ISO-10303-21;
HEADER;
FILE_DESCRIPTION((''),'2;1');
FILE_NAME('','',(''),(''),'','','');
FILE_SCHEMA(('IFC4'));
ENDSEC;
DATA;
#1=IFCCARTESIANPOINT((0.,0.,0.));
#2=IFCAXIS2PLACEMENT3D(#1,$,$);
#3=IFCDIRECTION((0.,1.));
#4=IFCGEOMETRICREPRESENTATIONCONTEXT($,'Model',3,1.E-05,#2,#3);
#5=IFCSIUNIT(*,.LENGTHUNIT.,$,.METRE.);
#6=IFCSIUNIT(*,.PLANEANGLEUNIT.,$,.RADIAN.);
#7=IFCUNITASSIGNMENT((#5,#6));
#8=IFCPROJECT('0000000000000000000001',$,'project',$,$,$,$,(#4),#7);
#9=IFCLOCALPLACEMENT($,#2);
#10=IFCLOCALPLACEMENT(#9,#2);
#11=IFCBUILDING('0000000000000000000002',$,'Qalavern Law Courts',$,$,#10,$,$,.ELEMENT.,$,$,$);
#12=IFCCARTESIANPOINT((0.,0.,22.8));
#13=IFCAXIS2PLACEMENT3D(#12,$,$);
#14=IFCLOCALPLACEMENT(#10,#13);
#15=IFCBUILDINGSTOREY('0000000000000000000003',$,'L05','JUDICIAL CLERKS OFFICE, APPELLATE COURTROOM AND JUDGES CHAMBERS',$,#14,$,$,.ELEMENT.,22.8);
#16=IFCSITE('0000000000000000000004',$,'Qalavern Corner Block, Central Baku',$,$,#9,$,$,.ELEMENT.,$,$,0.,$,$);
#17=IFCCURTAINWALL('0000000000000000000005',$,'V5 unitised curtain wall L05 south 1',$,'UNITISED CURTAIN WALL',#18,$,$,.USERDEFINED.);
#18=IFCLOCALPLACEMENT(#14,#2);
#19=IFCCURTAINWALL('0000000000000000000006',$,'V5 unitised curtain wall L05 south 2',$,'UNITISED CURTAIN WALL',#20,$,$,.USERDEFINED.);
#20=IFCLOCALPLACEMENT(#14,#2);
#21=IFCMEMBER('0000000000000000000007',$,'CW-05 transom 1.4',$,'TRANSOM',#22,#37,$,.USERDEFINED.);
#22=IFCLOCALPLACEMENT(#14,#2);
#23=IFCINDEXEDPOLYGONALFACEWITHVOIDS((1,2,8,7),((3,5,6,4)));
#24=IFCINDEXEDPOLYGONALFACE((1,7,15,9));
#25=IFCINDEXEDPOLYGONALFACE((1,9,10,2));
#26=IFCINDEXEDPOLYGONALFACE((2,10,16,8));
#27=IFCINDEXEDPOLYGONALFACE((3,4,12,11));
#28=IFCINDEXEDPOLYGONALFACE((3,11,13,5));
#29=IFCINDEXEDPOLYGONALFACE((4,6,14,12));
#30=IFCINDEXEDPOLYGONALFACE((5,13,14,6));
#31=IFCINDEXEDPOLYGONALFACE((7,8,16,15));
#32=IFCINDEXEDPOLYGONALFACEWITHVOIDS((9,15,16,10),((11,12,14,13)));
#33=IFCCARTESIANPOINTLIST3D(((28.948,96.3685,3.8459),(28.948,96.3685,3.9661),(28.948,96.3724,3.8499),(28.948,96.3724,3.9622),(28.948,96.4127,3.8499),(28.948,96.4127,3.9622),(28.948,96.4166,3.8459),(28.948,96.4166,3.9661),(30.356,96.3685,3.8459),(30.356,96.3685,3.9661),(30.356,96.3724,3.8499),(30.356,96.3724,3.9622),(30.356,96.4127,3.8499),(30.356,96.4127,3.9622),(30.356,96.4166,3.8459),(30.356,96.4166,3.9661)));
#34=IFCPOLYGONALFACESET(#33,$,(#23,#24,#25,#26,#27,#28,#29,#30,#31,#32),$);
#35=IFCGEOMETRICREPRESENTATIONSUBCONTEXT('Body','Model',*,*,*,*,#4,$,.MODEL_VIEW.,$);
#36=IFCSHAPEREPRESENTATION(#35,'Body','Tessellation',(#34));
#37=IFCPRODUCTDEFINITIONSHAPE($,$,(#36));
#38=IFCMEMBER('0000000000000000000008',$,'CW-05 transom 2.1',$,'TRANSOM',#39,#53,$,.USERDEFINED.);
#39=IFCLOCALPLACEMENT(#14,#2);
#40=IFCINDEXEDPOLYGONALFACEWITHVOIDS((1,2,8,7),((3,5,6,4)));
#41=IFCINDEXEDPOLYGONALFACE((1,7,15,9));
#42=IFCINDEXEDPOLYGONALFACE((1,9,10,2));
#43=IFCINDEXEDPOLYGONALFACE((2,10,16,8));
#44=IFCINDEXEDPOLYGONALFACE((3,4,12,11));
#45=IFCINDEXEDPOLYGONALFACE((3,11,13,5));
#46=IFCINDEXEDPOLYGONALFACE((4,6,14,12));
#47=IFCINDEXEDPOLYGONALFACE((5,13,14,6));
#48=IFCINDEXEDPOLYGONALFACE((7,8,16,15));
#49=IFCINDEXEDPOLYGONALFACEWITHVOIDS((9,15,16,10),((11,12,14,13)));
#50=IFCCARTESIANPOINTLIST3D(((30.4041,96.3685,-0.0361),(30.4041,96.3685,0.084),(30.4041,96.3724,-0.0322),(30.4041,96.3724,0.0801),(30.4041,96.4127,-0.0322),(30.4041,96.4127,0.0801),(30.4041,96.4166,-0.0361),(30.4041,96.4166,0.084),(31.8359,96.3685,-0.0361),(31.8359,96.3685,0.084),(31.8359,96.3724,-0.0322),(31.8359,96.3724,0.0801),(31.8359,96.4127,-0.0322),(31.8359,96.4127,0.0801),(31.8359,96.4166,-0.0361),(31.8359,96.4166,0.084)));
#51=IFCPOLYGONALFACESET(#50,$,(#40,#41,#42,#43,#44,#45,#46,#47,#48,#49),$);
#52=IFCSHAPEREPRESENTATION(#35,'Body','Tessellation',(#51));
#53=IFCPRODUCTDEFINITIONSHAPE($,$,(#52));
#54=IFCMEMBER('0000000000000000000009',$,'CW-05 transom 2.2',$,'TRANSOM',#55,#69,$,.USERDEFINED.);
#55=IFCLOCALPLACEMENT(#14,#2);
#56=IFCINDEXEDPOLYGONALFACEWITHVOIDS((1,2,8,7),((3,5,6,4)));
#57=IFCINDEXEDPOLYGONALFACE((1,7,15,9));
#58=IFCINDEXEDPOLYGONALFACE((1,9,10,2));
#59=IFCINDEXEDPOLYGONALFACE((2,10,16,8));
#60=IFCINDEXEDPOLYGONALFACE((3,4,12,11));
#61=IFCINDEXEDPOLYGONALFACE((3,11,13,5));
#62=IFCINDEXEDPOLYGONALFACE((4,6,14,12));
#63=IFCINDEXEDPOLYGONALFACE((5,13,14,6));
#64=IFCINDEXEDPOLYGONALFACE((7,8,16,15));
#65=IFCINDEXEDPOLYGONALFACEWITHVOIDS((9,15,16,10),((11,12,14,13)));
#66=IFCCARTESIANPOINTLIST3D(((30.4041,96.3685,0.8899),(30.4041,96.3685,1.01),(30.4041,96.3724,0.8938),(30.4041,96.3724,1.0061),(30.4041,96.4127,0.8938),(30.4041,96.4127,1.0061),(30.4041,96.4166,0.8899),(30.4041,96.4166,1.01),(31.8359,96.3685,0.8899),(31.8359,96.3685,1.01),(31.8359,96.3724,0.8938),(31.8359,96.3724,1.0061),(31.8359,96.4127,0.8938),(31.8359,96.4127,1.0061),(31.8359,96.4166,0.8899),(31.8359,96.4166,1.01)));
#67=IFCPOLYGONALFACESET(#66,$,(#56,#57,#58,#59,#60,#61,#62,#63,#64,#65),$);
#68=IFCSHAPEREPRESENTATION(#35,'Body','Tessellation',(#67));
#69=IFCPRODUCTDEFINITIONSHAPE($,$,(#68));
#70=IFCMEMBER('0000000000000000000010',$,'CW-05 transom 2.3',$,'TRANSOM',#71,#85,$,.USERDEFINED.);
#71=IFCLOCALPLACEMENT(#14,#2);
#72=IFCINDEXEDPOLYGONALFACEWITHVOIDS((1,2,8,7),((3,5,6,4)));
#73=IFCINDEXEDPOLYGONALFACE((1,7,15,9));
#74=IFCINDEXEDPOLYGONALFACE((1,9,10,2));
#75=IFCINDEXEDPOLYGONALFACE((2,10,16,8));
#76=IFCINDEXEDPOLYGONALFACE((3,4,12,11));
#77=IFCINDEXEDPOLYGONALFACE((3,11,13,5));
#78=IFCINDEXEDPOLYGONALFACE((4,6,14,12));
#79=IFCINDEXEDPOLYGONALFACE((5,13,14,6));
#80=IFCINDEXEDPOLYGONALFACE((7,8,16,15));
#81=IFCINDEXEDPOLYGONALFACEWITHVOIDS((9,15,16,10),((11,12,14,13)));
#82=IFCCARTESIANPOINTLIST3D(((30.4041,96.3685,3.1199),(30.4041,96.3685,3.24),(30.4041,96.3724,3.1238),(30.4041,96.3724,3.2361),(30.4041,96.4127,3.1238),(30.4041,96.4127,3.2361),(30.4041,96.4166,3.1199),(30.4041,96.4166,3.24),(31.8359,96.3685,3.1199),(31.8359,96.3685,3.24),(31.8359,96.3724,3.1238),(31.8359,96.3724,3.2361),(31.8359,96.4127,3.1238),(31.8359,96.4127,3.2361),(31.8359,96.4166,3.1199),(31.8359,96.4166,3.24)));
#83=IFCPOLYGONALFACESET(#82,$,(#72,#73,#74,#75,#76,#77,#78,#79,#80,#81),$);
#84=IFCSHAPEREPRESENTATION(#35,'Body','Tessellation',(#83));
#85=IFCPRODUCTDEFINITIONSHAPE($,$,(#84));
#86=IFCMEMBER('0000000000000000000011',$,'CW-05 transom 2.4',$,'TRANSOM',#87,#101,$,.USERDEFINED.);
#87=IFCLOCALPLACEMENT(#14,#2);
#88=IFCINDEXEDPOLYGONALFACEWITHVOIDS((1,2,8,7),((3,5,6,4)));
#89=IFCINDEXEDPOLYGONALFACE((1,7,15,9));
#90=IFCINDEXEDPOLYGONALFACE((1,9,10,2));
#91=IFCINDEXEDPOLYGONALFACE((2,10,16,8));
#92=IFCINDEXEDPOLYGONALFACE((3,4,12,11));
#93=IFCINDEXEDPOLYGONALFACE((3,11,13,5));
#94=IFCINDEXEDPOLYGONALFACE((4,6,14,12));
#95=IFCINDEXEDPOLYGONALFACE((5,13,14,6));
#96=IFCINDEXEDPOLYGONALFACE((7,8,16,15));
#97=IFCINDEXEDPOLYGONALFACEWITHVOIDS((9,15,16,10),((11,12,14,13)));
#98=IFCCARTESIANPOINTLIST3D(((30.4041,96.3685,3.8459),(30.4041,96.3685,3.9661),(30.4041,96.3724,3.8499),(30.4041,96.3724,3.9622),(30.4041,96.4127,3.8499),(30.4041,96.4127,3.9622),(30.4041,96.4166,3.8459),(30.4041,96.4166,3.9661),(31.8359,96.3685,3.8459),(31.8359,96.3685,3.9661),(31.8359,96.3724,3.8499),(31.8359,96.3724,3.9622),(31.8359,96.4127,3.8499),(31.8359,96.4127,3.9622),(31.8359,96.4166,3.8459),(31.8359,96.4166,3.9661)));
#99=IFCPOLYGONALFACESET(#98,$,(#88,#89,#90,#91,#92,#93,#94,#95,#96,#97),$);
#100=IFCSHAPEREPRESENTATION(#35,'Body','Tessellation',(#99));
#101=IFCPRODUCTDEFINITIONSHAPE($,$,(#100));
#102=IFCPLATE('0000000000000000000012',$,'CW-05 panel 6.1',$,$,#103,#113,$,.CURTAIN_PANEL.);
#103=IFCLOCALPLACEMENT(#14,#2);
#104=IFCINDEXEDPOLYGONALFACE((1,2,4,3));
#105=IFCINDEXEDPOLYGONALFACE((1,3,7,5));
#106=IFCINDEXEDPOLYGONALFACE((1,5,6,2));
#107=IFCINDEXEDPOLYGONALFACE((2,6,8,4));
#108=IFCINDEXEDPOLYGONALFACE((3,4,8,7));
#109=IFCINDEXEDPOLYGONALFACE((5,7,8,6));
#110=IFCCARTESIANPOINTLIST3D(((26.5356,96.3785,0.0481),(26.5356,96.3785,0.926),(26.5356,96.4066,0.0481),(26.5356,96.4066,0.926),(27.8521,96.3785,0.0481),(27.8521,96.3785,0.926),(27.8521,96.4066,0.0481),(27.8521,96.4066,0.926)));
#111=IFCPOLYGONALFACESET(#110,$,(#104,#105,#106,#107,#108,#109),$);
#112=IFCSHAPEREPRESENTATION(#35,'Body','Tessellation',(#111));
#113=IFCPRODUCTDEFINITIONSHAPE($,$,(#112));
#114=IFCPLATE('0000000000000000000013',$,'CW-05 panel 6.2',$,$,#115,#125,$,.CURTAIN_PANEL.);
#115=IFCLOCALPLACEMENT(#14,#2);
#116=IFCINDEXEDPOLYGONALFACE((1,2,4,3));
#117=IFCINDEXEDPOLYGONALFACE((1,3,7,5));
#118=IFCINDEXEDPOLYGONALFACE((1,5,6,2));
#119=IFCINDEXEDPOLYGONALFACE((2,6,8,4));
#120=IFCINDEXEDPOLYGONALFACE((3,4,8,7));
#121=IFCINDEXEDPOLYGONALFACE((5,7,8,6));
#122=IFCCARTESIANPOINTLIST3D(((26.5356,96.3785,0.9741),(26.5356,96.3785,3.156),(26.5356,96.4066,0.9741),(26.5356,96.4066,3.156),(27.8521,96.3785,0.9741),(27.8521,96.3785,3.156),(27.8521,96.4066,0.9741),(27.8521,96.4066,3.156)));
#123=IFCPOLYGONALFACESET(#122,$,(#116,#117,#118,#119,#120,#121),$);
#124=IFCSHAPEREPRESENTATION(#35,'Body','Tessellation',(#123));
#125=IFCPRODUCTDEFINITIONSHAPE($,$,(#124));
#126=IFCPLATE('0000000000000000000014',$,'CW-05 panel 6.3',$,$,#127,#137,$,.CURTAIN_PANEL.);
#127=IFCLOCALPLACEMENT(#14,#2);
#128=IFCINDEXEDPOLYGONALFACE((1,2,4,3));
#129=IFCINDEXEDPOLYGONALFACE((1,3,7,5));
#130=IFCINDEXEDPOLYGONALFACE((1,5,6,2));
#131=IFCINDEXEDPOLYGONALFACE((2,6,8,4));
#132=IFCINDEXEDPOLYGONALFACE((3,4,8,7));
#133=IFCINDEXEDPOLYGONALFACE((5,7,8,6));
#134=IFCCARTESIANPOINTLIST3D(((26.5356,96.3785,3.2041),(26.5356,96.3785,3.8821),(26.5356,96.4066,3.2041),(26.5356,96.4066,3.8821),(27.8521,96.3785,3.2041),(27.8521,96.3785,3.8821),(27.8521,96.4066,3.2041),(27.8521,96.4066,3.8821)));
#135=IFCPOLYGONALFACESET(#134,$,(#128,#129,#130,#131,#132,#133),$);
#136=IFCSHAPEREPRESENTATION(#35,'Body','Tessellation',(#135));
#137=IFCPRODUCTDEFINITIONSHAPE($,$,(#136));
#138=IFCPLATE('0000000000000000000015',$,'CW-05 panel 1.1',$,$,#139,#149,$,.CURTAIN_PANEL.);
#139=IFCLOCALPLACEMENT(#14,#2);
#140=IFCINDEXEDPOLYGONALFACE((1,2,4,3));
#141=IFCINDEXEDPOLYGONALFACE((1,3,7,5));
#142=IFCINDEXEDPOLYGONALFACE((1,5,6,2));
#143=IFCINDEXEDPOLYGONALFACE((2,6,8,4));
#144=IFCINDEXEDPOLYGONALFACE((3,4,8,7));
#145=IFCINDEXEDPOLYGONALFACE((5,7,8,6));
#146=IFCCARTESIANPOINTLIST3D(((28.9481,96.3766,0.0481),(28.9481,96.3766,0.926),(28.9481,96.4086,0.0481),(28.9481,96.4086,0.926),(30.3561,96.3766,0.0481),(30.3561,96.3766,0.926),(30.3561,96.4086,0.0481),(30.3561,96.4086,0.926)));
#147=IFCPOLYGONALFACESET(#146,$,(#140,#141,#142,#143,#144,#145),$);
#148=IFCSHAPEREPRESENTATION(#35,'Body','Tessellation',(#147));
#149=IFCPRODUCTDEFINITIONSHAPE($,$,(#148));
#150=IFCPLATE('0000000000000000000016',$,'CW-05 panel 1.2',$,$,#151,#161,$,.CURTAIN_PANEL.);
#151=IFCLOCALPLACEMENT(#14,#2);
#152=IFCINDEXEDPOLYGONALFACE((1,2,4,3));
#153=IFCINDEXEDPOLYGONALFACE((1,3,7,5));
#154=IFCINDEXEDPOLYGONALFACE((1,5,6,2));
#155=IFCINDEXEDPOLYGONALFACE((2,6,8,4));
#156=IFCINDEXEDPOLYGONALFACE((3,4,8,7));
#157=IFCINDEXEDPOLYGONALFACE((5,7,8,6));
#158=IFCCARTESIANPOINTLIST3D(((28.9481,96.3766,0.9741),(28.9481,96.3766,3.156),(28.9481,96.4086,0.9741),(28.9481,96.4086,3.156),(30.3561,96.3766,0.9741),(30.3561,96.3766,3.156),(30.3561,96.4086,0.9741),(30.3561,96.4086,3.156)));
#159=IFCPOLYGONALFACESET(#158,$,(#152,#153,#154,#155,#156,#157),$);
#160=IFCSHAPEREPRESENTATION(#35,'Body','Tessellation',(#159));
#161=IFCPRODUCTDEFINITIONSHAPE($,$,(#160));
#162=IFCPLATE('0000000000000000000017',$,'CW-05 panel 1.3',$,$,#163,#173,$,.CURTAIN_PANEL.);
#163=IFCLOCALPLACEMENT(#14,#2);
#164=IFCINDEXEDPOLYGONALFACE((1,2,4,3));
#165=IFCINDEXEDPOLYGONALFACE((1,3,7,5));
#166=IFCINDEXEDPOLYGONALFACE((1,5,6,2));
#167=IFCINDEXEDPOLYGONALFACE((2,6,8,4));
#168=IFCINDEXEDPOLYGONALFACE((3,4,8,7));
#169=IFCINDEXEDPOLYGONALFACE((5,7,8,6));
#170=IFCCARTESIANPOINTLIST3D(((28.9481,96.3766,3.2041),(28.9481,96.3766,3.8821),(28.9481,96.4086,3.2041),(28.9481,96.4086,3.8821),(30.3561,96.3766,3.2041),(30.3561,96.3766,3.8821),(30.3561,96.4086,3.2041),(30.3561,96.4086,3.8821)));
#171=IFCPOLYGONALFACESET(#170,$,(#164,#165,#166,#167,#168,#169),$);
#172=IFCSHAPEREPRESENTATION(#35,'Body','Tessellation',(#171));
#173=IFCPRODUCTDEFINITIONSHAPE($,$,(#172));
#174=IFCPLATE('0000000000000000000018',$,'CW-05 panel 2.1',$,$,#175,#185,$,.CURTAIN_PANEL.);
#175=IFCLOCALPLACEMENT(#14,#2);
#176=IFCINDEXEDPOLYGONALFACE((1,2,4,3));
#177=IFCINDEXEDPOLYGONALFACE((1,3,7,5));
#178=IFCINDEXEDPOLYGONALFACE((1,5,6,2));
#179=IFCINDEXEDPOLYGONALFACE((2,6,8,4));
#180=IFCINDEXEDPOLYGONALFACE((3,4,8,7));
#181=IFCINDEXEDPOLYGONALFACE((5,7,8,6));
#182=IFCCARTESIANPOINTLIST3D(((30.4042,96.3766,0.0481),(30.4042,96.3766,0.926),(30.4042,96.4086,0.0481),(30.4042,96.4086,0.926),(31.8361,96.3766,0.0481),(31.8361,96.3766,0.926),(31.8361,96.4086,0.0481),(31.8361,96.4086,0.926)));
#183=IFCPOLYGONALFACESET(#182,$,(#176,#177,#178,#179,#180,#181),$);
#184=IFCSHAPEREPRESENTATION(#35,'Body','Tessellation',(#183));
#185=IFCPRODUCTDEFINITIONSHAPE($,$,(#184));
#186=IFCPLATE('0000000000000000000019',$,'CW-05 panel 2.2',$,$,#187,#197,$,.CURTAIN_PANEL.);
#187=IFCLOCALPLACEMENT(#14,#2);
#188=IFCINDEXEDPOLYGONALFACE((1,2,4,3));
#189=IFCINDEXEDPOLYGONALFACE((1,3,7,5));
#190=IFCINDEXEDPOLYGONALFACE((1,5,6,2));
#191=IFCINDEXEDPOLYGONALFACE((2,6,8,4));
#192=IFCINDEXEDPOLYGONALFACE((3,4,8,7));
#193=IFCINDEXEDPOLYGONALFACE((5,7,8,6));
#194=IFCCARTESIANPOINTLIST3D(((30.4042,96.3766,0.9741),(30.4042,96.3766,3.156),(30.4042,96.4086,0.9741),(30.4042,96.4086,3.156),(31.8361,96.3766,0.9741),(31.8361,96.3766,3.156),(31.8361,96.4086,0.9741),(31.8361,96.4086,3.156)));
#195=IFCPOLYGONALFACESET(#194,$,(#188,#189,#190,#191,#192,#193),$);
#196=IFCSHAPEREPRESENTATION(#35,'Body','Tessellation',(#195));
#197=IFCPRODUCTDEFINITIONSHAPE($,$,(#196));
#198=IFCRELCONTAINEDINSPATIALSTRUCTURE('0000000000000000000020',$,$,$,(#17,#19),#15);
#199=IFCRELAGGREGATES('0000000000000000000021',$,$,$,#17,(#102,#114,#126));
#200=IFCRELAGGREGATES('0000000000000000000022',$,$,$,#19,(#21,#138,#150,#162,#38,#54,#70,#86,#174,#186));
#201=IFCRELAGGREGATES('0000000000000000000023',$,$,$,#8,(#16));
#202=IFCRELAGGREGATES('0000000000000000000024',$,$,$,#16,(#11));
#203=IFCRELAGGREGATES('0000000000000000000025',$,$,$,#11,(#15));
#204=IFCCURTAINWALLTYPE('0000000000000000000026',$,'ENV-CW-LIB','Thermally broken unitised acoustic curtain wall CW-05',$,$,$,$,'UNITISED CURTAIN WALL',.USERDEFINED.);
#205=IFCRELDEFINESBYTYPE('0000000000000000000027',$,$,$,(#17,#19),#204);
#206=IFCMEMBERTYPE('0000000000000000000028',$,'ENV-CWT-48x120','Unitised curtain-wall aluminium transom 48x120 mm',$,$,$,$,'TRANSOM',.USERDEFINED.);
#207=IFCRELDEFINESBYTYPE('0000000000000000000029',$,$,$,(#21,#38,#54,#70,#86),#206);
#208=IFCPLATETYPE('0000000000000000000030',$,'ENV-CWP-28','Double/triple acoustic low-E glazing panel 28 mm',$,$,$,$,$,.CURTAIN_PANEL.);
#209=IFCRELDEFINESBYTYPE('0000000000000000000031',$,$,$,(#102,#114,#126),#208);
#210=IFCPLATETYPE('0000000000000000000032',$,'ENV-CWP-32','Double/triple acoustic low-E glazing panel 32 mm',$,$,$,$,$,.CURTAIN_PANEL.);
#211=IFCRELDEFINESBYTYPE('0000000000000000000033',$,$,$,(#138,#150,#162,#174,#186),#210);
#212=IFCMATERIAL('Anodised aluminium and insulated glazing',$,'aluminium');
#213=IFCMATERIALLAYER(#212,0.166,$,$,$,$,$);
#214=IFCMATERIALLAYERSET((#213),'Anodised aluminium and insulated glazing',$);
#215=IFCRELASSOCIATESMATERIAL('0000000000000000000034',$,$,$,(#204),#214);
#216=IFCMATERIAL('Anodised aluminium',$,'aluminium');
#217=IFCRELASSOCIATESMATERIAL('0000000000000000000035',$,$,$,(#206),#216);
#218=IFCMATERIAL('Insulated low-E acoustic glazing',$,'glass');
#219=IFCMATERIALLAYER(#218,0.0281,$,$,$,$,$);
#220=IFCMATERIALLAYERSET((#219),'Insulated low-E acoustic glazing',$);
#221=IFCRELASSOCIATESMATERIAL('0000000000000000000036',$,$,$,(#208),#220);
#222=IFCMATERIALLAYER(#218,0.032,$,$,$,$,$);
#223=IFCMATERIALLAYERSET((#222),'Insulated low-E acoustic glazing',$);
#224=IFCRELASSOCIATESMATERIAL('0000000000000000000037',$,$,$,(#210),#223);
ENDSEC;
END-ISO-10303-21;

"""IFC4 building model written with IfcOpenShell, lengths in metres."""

from ifc_helpers import new_model, si_unit, direction, frame, origin, origin_2d, place, context, subcontext, project, spatial, rectangle, hollow_rectangle, extrude, material, layer, layer_set, material_profile, profile_set, type_object, element, aggregate, save


model = new_model("IFC4")

# Units and contexts
model_context = context("Model", 3, precision=1e-05, world=origin(), true_north=direction((0.0, 1.0)))
body_context = subcontext(model_context, "Body", "Model", "MODEL_VIEW")
ifc_project = project(units=[si_unit("LENGTHUNIT", "METRE"), si_unit("PLANEANGLEUNIT", "RADIAN")], contexts=[model_context])

# Site, building, storey
site_placement = place(None, origin())
site = spatial("IfcSite", under=ifc_project, at=site_placement, Name="Qalavern Corner Block, Central Baku", CompositionType="ELEMENT", RefElevation=0.0)
building_placement = place(site_placement, origin())
building = spatial("IfcBuilding", under=site, at=building_placement, Name="Qalavern Law Courts", CompositionType="ELEMENT")
storey_placement = place(building_placement, frame((0.0, 0.0, 22.8)))
storey = spatial("IfcBuildingStorey", under=building, at=storey_placement, Name="L05", Description="JUDICIAL CLERKS OFFICE, APPELLATE COURTROOM AND JUDGES CHAMBERS", CompositionType="ELEMENT", Elevation=22.8)

# Curtain walls
ifc_material_1 = material(Name="Anodised aluminium and insulated glazing", Category="aluminium")
ifc_layer_1 = layer(ifc_material_1, 0.166)
ifc_layer_set_1 = layer_set([ifc_layer_1], Name="Anodised aluminium and insulated glazing")
curtain_wall_type = type_object("IfcCurtainWallType", Name="ENV-CW-LIB", Description="Thermally broken unitised acoustic curtain wall CW-05", ElementType="UNITISED CURTAIN WALL", PredefinedType="USERDEFINED", material=ifc_layer_set_1)
curtain_wall_1_placement = place(storey_placement, origin())
curtain_wall_1 = element("IfcCurtainWall", 1, at=curtain_wall_1_placement, inside=storey, type_object=curtain_wall_type, Name="V5 unitised curtain wall L05 south 1", ObjectType="UNITISED CURTAIN WALL", PredefinedType="USERDEFINED")
ifc_material_2 = material(Name="Anodised aluminium", Category="aluminium")
curtain_wall_2_placement = place(storey_placement, origin())
curtain_wall_2 = element("IfcCurtainWall", 2, at=curtain_wall_2_placement, inside=storey, type_object=curtain_wall_type, Name="V5 unitised curtain wall L05 south 2", ObjectType="UNITISED CURTAIN WALL", PredefinedType="USERDEFINED")

# Members
ifc_material_profile_1 = material_profile(ifc_material_2, hollow_rectangle(XDim=0.0481, YDim=0.1201, WallThickness=0.0039, at=origin_2d()), Name="ALU TRANSOM 48x120")
ifc_profile_set_1 = profile_set([ifc_material_profile_1], Name="Anodised aluminium")
member_type_1 = type_object("IfcMemberType", Name="ENV-CWT-48x120", Description="Unitised curtain-wall aluminium transom 48x120 mm", ElementType="TRANSOM", PredefinedType="USERDEFINED", material=ifc_profile_set_1)
member_1_placement = place(storey_placement, frame((28.948, 96.3926, 3.906), z_axis=(1.0, 0.0, 0.0), x_axis=(0.0, 1.0, 0.0)))
member_1 = element("IfcMember", 3, at=member_1_placement, type_object=member_type_1, Name="CW-05 transom 1.4", ObjectType="TRANSOM", PredefinedType="USERDEFINED", context=body_context, shape_type="SweptSolid", body=[
    extrude(hollow_rectangle(XDim=0.0481, YDim=0.1201, WallThickness=0.0039, at=origin_2d()), origin(), (0.0, 0.0, 1.0), 1.408),
])
member_2_placement = place(storey_placement, frame((30.4041, 96.3926, 0.0239), z_axis=(1.0, 0.0, 0.0), x_axis=(0.0, 1.0, 0.0)))
member_2 = element("IfcMember", 4, at=member_2_placement, type_object=member_type_1, Name="CW-05 transom 2.1", ObjectType="TRANSOM", PredefinedType="USERDEFINED", context=body_context, shape_type="SweptSolid", body=[
    extrude(hollow_rectangle(XDim=0.0481, YDim=0.1201, WallThickness=0.0039, at=origin_2d()), origin(), (0.0, 0.0, 1.0), 1.4319),
])
member_3_placement = place(storey_placement, frame((30.4041, 96.3926, 0.95), z_axis=(1.0, 0.0, 0.0), x_axis=(0.0, 1.0, 0.0)))
member_3 = element("IfcMember", 5, at=member_3_placement, type_object=member_type_1, Name="CW-05 transom 2.2", ObjectType="TRANSOM", PredefinedType="USERDEFINED", context=body_context, shape_type="SweptSolid", body=[
    extrude(hollow_rectangle(XDim=0.0481, YDim=0.1201, WallThickness=0.0039, at=origin_2d()), origin(), (0.0, 0.0, 1.0), 1.4319),
])
member_4_placement = place(storey_placement, frame((30.4041, 96.3926, 3.1799), z_axis=(1.0, 0.0, 0.0), x_axis=(0.0, 1.0, 0.0)))
member_4 = element("IfcMember", 6, at=member_4_placement, type_object=member_type_1, Name="CW-05 transom 2.3", ObjectType="TRANSOM", PredefinedType="USERDEFINED", context=body_context, shape_type="SweptSolid", body=[
    extrude(hollow_rectangle(XDim=0.0481, YDim=0.1201, WallThickness=0.0039, at=origin_2d()), origin(), (0.0, 0.0, 1.0), 1.4319),
])
member_5_placement = place(storey_placement, frame((30.4041, 96.3926, 3.906), z_axis=(1.0, 0.0, 0.0), x_axis=(0.0, 1.0, 0.0)))
member_5 = element("IfcMember", 7, at=member_5_placement, type_object=member_type_1, Name="CW-05 transom 2.4", ObjectType="TRANSOM", PredefinedType="USERDEFINED", context=body_context, shape_type="SweptSolid", body=[
    extrude(hollow_rectangle(XDim=0.0481, YDim=0.1201, WallThickness=0.0039, at=origin_2d()), origin(), (0.0, 0.0, 1.0), 1.4319),
])

# Plates
ifc_material_3 = material(Name="Insulated low-E acoustic glazing", Category="glass")
ifc_layer_2 = layer(ifc_material_3, 0.0281)
ifc_layer_set_2 = layer_set([ifc_layer_2], Name="Insulated low-E acoustic glazing")
plate_type_1 = type_object("IfcPlateType", Name="ENV-CWP-28", Description="Double/triple acoustic low-E glazing panel 28 mm", PredefinedType="CURTAIN_PANEL", material=ifc_layer_set_2)
plate_1_placement = place(storey_placement, frame((27.1938, 96.3926, 0.0481), z_axis=(0.0, 0.0, 1.0), x_axis=(1.0, 0.0, 0.0)))
plate_1 = element("IfcPlate", 8, at=plate_1_placement, type_object=plate_type_1, Name="CW-05 panel 6.1", PredefinedType="CURTAIN_PANEL", context=body_context, shape_type="SweptSolid", body=[
    extrude(rectangle(XDim=1.3164, YDim=0.0281, at=origin_2d()), origin(), (0.0, 0.0, 1.0), 0.8779),
])
plate_2_placement = place(storey_placement, frame((27.1938, 96.3926, 0.9741), z_axis=(0.0, 0.0, 1.0), x_axis=(1.0, 0.0, 0.0)))
plate_2 = element("IfcPlate", 9, at=plate_2_placement, type_object=plate_type_1, Name="CW-05 panel 6.2", PredefinedType="CURTAIN_PANEL", context=body_context, shape_type="SweptSolid", body=[
    extrude(rectangle(XDim=1.3164, YDim=0.0281, at=origin_2d()), origin(), (0.0, 0.0, 1.0), 2.1819),
])
plate_3_placement = place(storey_placement, frame((27.1938, 96.3926, 3.2041), z_axis=(0.0, 0.0, 1.0), x_axis=(1.0, 0.0, 0.0)))
plate_3 = element("IfcPlate", 10, at=plate_3_placement, type_object=plate_type_1, Name="CW-05 panel 6.3", PredefinedType="CURTAIN_PANEL", context=body_context, shape_type="SweptSolid", body=[
    extrude(rectangle(XDim=1.3164, YDim=0.0281, at=origin_2d()), origin(), (0.0, 0.0, 1.0), 0.678),
])
aggregate(curtain_wall_1, [plate_1, plate_2, plate_3])
ifc_layer_3 = layer(ifc_material_3, 0.032)
ifc_layer_set_3 = layer_set([ifc_layer_3], Name="Insulated low-E acoustic glazing")
plate_type_2 = type_object("IfcPlateType", Name="ENV-CWP-32", Description="Double/triple acoustic low-E glazing panel 32 mm", PredefinedType="CURTAIN_PANEL", material=ifc_layer_set_3)
plate_4_placement = place(storey_placement, frame((29.6521, 96.3926, 0.0481), z_axis=(0.0, 0.0, 1.0), x_axis=(1.0, 0.0, 0.0)))
plate_4 = element("IfcPlate", 11, at=plate_4_placement, type_object=plate_type_2, Name="CW-05 panel 1.1", PredefinedType="CURTAIN_PANEL", context=body_context, shape_type="SweptSolid", body=[
    extrude(rectangle(XDim=1.408, YDim=0.032, at=origin_2d()), origin(), (0.0, 0.0, 1.0), 0.8779),
])
plate_5_placement = place(storey_placement, frame((29.6521, 96.3926, 0.9741), z_axis=(0.0, 0.0, 1.0), x_axis=(1.0, 0.0, 0.0)))
plate_5 = element("IfcPlate", 12, at=plate_5_placement, type_object=plate_type_2, Name="CW-05 panel 1.2", PredefinedType="CURTAIN_PANEL", context=body_context, shape_type="SweptSolid", body=[
    extrude(rectangle(XDim=1.408, YDim=0.032, at=origin_2d()), origin(), (0.0, 0.0, 1.0), 2.1819),
])
plate_6_placement = place(storey_placement, frame((29.6521, 96.3926, 3.2041), z_axis=(0.0, 0.0, 1.0), x_axis=(1.0, 0.0, 0.0)))
plate_6 = element("IfcPlate", 13, at=plate_6_placement, type_object=plate_type_2, Name="CW-05 panel 1.3", PredefinedType="CURTAIN_PANEL", context=body_context, shape_type="SweptSolid", body=[
    extrude(rectangle(XDim=1.408, YDim=0.032, at=origin_2d()), origin(), (0.0, 0.0, 1.0), 0.678),
])
plate_7_placement = place(storey_placement, frame((31.1201, 96.3926, 0.0481), z_axis=(0.0, 0.0, 1.0), x_axis=(1.0, 0.0, 0.0)))
plate_7 = element("IfcPlate", 14, at=plate_7_placement, type_object=plate_type_2, Name="CW-05 panel 2.1", PredefinedType="CURTAIN_PANEL", context=body_context, shape_type="SweptSolid", body=[
    extrude(rectangle(XDim=1.4319, YDim=0.032, at=origin_2d()), origin(), (0.0, 0.0, 1.0), 0.8779),
])
plate_8_placement = place(storey_placement, frame((31.1201, 96.3926, 0.9741), z_axis=(0.0, 0.0, 1.0), x_axis=(1.0, 0.0, 0.0)))
plate_8 = element("IfcPlate", 15, at=plate_8_placement, type_object=plate_type_2, Name="CW-05 panel 2.2", PredefinedType="CURTAIN_PANEL", context=body_context, shape_type="SweptSolid", body=[
    extrude(rectangle(XDim=1.4319, YDim=0.032, at=origin_2d()), origin(), (0.0, 0.0, 1.0), 2.1819),
])
aggregate(curtain_wall_2, [member_1, plate_4, plate_5, plate_6, member_2, member_3, member_4, member_5, plate_7, plate_8])

save(model, "model.ifc")
